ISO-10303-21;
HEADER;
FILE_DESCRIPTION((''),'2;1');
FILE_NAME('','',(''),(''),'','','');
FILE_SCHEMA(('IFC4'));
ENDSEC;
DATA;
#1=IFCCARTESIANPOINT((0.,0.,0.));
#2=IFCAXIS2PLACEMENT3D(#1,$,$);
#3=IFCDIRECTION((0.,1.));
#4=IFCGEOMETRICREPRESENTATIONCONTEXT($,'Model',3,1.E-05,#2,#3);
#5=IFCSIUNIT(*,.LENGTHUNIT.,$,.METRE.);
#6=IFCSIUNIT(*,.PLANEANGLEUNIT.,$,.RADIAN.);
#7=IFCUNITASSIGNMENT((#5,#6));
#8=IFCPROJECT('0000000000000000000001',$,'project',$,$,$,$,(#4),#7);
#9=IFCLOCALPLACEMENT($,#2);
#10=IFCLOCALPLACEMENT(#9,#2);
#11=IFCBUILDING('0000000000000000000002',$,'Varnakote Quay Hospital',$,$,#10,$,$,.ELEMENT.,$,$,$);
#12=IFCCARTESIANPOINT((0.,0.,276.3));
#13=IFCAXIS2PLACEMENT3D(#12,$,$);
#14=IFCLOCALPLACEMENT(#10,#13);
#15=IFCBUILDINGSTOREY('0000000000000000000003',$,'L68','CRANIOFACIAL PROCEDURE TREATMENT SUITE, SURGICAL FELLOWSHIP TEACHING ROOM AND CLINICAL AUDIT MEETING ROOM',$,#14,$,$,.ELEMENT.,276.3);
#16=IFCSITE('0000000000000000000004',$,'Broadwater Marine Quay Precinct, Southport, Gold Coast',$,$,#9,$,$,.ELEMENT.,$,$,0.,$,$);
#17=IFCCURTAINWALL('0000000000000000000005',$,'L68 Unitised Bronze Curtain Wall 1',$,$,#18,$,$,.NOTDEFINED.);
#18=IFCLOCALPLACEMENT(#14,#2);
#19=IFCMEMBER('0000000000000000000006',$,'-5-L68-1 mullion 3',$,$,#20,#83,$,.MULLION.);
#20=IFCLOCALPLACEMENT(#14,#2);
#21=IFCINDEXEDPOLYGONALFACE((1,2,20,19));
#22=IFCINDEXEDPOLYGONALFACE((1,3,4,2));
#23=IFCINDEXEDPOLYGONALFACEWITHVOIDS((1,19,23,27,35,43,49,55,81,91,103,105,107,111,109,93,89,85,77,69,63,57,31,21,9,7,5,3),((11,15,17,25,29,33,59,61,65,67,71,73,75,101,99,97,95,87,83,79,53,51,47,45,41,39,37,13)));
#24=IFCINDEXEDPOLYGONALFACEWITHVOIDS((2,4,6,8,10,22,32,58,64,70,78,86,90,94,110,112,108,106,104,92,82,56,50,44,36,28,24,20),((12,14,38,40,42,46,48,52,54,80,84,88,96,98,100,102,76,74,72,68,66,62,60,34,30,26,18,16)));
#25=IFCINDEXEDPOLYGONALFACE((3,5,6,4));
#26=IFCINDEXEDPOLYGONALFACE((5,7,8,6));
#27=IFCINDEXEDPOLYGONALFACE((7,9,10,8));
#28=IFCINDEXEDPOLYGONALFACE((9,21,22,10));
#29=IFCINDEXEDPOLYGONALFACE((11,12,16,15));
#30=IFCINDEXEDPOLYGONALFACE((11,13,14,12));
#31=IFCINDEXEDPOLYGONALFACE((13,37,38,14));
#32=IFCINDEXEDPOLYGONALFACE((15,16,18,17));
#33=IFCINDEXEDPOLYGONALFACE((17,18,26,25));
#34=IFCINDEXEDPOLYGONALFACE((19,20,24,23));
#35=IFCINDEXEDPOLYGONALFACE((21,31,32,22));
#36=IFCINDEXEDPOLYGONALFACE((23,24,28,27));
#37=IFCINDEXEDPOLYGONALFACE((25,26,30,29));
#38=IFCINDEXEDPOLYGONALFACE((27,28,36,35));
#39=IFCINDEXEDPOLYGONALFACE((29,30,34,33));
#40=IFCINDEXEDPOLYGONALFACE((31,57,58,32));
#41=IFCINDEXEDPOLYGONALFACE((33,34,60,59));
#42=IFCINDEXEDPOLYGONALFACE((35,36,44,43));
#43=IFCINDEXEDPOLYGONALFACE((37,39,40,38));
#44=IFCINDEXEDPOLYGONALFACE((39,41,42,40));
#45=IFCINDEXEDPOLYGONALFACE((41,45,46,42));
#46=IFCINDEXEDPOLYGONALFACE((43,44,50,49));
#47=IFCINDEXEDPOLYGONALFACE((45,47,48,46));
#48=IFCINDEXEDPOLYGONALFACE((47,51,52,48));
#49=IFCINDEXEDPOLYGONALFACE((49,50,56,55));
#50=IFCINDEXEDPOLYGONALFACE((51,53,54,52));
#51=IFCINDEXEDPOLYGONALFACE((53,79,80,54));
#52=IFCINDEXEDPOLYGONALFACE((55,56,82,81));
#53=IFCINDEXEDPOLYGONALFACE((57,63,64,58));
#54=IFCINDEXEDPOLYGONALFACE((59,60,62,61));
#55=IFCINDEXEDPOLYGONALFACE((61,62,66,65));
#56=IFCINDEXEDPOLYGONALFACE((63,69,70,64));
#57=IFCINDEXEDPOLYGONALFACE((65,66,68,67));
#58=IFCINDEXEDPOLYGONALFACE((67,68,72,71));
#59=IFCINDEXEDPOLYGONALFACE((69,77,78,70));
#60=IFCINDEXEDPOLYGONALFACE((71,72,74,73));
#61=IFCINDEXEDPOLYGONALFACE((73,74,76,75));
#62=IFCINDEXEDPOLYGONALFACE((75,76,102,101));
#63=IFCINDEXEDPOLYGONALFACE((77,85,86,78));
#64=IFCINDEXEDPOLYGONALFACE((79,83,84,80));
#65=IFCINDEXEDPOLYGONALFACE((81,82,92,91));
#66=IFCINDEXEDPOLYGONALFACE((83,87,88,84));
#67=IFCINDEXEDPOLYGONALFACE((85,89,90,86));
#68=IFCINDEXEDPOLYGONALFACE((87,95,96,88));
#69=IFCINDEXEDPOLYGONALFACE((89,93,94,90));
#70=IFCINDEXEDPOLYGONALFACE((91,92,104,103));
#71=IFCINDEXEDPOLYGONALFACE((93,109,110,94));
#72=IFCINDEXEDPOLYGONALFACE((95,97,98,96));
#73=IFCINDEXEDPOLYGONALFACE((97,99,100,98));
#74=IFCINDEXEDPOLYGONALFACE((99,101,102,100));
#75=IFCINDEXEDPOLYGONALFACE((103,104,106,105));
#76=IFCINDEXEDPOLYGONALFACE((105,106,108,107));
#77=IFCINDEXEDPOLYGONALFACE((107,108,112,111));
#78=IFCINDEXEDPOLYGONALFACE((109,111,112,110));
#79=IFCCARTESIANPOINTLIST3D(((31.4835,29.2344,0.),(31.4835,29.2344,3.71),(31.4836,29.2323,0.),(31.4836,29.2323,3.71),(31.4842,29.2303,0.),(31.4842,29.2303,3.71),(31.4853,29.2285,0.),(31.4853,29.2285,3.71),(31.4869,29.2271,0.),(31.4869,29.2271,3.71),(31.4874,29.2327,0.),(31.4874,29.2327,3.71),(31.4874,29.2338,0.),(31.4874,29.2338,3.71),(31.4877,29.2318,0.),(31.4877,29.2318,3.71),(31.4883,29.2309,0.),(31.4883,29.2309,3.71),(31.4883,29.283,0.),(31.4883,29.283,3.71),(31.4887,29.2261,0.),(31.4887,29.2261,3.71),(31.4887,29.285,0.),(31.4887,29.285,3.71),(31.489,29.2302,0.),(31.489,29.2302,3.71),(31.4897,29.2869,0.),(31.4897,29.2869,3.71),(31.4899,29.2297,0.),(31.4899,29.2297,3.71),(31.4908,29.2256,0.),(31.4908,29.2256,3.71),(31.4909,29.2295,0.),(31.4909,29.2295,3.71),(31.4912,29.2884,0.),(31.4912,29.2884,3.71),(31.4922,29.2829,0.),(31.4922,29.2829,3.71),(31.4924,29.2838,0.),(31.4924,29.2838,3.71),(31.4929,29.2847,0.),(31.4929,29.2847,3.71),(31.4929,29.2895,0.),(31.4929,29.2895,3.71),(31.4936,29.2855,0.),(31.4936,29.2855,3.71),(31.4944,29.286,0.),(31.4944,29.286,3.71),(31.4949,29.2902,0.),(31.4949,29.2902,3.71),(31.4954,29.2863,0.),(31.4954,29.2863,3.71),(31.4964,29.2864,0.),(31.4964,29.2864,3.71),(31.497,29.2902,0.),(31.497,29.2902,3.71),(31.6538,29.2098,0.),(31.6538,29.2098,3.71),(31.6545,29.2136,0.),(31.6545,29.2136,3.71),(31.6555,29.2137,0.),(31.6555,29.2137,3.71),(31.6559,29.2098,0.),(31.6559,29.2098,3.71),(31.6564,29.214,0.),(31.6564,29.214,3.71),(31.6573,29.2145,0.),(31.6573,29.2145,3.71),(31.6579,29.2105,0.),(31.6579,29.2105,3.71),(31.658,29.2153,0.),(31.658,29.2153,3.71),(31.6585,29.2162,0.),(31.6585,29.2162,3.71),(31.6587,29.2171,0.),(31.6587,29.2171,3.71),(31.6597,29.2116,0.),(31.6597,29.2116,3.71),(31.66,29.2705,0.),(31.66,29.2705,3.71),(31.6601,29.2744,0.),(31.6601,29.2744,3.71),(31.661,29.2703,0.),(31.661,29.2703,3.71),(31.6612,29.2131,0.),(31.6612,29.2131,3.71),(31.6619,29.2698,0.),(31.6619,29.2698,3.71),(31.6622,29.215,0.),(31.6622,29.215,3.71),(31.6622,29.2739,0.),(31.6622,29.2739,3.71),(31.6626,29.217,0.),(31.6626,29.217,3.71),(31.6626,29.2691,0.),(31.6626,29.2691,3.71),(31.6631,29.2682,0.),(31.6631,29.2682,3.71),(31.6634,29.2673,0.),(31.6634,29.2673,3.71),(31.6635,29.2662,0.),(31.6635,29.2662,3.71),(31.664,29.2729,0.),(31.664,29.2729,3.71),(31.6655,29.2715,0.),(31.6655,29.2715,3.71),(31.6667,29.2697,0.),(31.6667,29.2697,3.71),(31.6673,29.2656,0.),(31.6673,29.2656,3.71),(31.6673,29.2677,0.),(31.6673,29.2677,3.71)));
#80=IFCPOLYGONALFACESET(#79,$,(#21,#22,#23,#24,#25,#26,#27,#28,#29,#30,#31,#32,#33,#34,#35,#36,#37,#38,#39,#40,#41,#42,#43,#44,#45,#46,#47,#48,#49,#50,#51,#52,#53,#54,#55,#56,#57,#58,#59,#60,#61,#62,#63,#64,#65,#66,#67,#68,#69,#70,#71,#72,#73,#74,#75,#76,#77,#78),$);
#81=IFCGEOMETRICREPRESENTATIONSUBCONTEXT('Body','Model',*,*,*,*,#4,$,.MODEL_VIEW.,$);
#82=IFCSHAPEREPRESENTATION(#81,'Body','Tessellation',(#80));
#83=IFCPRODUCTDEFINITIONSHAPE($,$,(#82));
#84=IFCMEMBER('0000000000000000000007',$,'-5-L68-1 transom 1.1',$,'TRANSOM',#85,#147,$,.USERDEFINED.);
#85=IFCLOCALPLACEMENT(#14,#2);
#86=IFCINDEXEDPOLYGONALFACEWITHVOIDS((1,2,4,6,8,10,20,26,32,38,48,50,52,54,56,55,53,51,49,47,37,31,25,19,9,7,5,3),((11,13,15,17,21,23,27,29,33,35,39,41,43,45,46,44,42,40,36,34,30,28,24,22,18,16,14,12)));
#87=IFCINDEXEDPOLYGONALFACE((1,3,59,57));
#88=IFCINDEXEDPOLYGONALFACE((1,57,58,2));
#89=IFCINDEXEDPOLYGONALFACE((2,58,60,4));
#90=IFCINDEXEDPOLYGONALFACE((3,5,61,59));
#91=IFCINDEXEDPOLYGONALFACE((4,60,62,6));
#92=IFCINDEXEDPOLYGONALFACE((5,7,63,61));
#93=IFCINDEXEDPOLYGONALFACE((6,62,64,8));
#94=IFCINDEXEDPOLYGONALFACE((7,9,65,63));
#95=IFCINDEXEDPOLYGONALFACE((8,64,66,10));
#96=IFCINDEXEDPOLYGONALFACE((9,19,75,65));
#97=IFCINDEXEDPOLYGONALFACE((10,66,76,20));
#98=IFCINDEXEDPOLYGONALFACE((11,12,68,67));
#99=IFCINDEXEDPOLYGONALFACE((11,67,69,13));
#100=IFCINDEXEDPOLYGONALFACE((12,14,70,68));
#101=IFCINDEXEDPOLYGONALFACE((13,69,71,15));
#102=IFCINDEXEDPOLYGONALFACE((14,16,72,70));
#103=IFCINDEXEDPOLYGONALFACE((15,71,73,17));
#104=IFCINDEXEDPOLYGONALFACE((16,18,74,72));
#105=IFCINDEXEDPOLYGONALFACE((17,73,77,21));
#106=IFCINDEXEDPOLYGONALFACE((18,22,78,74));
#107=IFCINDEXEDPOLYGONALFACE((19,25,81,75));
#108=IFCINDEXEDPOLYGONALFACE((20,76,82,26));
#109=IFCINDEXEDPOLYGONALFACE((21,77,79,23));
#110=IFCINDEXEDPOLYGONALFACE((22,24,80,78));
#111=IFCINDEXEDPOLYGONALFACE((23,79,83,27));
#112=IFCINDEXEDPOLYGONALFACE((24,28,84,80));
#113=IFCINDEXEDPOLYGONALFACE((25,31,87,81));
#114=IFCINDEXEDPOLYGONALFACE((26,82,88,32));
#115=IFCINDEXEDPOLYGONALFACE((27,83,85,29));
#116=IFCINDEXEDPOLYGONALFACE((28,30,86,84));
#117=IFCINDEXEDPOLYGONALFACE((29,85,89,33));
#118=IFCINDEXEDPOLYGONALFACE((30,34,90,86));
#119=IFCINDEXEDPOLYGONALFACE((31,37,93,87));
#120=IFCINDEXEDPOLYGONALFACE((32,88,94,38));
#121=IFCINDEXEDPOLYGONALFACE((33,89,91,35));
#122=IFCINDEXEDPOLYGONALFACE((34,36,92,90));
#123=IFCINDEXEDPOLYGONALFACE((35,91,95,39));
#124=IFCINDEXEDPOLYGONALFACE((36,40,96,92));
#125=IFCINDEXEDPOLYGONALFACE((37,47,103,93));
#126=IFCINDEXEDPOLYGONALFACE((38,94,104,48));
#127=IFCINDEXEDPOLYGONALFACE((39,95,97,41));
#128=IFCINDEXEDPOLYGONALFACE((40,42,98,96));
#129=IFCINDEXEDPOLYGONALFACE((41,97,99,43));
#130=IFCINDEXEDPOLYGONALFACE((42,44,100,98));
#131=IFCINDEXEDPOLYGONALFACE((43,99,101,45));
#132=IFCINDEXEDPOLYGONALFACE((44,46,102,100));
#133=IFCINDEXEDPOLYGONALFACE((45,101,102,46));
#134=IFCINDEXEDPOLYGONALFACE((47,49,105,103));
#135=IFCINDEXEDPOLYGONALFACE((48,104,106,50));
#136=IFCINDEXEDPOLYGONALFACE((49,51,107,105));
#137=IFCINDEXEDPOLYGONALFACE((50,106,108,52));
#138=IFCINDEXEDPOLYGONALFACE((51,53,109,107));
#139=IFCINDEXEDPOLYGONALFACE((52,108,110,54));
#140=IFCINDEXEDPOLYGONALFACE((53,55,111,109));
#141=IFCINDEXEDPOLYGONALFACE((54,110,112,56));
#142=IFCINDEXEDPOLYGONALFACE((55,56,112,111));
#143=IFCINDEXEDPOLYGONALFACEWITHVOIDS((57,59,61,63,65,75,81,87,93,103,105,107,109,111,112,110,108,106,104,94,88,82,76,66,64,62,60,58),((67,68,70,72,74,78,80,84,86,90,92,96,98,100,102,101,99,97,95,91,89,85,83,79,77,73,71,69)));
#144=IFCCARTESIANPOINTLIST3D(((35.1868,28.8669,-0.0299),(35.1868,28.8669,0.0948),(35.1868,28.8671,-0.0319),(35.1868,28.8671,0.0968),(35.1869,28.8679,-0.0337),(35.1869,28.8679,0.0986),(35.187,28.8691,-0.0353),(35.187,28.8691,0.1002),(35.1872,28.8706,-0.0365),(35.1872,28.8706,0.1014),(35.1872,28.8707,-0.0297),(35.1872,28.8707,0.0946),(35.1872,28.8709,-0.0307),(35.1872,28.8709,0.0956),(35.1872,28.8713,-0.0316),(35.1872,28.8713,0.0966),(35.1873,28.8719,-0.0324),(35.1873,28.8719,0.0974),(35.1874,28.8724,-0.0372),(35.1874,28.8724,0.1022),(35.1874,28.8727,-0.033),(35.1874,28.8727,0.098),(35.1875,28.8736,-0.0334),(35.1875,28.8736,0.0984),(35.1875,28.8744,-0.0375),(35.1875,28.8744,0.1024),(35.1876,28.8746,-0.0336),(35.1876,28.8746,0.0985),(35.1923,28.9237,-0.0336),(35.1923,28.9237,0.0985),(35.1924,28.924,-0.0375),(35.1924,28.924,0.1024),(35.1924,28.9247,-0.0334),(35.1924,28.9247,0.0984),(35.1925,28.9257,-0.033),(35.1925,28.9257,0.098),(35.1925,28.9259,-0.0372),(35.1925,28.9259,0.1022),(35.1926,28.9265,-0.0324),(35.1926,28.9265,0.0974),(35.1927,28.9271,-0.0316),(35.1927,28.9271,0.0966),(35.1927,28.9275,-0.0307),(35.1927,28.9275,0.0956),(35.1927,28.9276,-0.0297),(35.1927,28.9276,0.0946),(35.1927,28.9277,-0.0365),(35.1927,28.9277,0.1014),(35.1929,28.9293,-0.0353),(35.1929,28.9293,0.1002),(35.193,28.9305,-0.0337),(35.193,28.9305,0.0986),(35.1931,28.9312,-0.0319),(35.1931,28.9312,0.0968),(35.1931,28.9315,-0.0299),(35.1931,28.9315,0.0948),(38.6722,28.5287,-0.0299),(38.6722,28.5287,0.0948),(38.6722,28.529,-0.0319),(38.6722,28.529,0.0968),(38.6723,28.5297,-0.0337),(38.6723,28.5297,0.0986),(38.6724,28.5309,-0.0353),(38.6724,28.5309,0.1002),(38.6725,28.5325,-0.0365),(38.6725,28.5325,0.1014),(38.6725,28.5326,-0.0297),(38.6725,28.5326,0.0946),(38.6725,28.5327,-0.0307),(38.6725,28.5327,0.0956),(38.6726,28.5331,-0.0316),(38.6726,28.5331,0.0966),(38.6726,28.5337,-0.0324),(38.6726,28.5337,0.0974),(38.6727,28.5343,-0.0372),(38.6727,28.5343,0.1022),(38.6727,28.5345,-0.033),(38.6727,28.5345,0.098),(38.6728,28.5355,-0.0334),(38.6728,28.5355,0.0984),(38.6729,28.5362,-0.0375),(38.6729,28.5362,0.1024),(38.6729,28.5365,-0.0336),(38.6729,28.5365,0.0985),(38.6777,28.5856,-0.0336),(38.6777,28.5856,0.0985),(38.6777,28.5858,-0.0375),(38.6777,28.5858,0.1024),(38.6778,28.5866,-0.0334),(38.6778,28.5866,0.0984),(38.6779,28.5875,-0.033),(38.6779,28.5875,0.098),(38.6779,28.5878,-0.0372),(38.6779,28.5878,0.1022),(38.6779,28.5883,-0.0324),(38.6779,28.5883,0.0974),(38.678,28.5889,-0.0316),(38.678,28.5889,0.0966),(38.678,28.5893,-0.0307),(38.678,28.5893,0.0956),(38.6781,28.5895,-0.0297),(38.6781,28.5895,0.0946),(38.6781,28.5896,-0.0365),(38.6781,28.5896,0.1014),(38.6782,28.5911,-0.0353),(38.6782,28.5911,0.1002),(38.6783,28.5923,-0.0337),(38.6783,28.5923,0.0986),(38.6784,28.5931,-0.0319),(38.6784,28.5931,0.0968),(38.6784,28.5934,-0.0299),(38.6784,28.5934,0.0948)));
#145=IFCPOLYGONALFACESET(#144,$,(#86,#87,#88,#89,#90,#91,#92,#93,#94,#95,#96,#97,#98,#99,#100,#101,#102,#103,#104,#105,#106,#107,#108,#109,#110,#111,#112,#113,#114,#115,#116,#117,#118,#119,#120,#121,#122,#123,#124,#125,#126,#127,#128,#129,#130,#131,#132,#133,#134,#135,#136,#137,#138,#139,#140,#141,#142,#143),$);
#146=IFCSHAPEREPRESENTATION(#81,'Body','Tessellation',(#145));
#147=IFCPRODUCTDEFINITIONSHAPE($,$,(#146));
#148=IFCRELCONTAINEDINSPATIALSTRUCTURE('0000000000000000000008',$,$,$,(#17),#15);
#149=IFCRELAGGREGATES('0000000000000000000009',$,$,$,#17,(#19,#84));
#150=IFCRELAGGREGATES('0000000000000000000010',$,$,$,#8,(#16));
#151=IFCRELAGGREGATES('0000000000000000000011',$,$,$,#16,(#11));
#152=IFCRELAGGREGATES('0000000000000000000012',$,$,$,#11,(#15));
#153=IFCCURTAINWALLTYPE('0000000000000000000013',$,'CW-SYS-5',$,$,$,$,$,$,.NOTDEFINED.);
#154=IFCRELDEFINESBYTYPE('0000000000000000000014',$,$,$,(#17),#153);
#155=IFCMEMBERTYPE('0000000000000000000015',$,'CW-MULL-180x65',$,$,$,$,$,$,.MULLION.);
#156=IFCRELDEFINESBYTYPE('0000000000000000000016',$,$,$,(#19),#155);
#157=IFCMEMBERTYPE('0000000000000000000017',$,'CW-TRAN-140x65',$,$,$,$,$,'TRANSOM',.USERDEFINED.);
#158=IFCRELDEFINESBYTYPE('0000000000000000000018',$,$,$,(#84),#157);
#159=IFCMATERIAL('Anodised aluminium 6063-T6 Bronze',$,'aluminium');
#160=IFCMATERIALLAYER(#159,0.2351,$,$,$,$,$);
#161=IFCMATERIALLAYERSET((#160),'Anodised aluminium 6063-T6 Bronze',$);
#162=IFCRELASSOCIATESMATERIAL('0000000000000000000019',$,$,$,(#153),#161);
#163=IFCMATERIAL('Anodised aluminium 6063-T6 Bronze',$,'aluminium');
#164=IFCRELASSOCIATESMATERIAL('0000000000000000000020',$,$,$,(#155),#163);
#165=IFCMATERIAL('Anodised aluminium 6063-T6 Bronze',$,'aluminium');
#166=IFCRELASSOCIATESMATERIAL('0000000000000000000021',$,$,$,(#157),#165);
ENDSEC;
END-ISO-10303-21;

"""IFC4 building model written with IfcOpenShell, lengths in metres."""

from ifc_helpers import new_model, si_unit, direction, frame, origin, origin_2d, place, context, subcontext, project, spatial, hollow_rectangle, extrude, material, layer, layer_set, material_profile, profile_set, type_object, element, aggregate, save


model = new_model("IFC4")

# Units and contexts
model_context = context("Model", 3, precision=1e-05, world=origin(), true_north=direction((0.0, 1.0)))
body_context = subcontext(model_context, "Body", "Model", "MODEL_VIEW")
ifc_project = project(units=[si_unit("LENGTHUNIT", "METRE"), si_unit("PLANEANGLEUNIT", "RADIAN")], contexts=[model_context])

# Site, building, storey
site_placement = place(None, origin())
site = spatial("IfcSite", under=ifc_project, at=site_placement, Name="Broadwater Marine Quay Precinct, Southport, Gold Coast", CompositionType="ELEMENT", RefElevation=0.0)
building_placement = place(site_placement, origin())
building = spatial("IfcBuilding", under=site, at=building_placement, Name="Varnakote Quay Hospital", CompositionType="ELEMENT")
storey_placement = place(building_placement, frame((0.0, 0.0, 276.3)))
storey = spatial("IfcBuildingStorey", under=building, at=storey_placement, Name="L68", Description="CRANIOFACIAL PROCEDURE TREATMENT SUITE, SURGICAL FELLOWSHIP TEACHING ROOM AND CLINICAL AUDIT MEETING ROOM", CompositionType="ELEMENT", Elevation=276.3)

# Curtain wall, members
ifc_material_1 = material(Name="Anodised aluminium 6063-T6 Bronze", Category="aluminium")
ifc_layer_1 = layer(ifc_material_1, 0.2351)
ifc_layer_set_1 = layer_set([ifc_layer_1], Name="Anodised aluminium 6063-T6 Bronze")
curtain_wall_type = type_object("IfcCurtainWallType", Name="CW-SYS-5", PredefinedType="NOTDEFINED", material=ifc_layer_set_1)
curtain_wall_placement = place(storey_placement, origin())
curtain_wall = element("IfcCurtainWall", 1, at=curtain_wall_placement, inside=storey, type_object=curtain_wall_type, Name="L68 Unitised Bronze Curtain Wall 1", PredefinedType="NOTDEFINED")
ifc_material_2 = material(Name="Anodised aluminium 6063-T6 Bronze", Category="aluminium")
ifc_material_profile_1 = material_profile(ifc_material_2, hollow_rectangle(XDim=0.0649, YDim=0.1799, WallThickness=0.0039, InnerFilletRadius=0.0039, OuterFilletRadius=0.0081, at=origin_2d()), Name="CW-MULL-180x65")
ifc_profile_set_1 = profile_set([ifc_material_profile_1], Name="Anodised aluminium 6063-T6 Bronze")
member_type_1 = type_object("IfcMemberType", Name="CW-MULL-180x65", PredefinedType="MULLION", material=ifc_profile_set_1)
member_1_placement = place(storey_placement, frame((31.5754, 29.25, 0.0), z_axis=(0.0, 0.0, 1.0), x_axis=(-0.096569, -0.995326, 0.0)))
member_1 = element("IfcMember", 2, at=member_1_placement, type_object=member_type_1, Name="-5-L68-1 mullion 3", PredefinedType="MULLION", context=body_context, shape_type="SweptSolid", body=[
    extrude(hollow_rectangle(XDim=0.0649, YDim=0.1799, WallThickness=0.0039, InnerFilletRadius=0.0039, OuterFilletRadius=0.0081, at=origin_2d()), origin(), (0.0, 0.0, 1.0), 3.71),
])
ifc_material_3 = material(Name="Anodised aluminium 6063-T6 Bronze", Category="aluminium")
ifc_material_profile_2 = material_profile(ifc_material_3, hollow_rectangle(XDim=0.0649, YDim=0.1399, WallThickness=0.0039, InnerFilletRadius=0.0039, OuterFilletRadius=0.0076, at=origin_2d()), Name="CW-TRAN-140x65")
ifc_profile_set_2 = profile_set([ifc_material_profile_2], Name="Anodised aluminium 6063-T6 Bronze")
member_type_2 = type_object("IfcMemberType", Name="CW-TRAN-140x65", ElementType="TRANSOM", PredefinedType="USERDEFINED", material=ifc_profile_set_2)
member_2_placement = place(storey_placement, frame((38.6753, 28.561, 0.0325), z_axis=(-0.995327, 0.096563, 0.0), x_axis=(-0.096563, -0.995327, 0.0)))
member_2 = element("IfcMember", 3, at=member_2_placement, type_object=member_type_2, Name="-5-L68-1 transom 1.1", ObjectType="TRANSOM", PredefinedType="USERDEFINED", context=body_context, shape_type="SweptSolid", body=[
    extrude(hollow_rectangle(XDim=0.0649, YDim=0.1399, WallThickness=0.0039, InnerFilletRadius=0.0039, OuterFilletRadius=0.0076, at=origin_2d()), origin(), (0.0, 0.0, 1.0), 3.5017),
])
aggregate(curtain_wall, [member_1, member_2])

save(model, "model.ifc")
